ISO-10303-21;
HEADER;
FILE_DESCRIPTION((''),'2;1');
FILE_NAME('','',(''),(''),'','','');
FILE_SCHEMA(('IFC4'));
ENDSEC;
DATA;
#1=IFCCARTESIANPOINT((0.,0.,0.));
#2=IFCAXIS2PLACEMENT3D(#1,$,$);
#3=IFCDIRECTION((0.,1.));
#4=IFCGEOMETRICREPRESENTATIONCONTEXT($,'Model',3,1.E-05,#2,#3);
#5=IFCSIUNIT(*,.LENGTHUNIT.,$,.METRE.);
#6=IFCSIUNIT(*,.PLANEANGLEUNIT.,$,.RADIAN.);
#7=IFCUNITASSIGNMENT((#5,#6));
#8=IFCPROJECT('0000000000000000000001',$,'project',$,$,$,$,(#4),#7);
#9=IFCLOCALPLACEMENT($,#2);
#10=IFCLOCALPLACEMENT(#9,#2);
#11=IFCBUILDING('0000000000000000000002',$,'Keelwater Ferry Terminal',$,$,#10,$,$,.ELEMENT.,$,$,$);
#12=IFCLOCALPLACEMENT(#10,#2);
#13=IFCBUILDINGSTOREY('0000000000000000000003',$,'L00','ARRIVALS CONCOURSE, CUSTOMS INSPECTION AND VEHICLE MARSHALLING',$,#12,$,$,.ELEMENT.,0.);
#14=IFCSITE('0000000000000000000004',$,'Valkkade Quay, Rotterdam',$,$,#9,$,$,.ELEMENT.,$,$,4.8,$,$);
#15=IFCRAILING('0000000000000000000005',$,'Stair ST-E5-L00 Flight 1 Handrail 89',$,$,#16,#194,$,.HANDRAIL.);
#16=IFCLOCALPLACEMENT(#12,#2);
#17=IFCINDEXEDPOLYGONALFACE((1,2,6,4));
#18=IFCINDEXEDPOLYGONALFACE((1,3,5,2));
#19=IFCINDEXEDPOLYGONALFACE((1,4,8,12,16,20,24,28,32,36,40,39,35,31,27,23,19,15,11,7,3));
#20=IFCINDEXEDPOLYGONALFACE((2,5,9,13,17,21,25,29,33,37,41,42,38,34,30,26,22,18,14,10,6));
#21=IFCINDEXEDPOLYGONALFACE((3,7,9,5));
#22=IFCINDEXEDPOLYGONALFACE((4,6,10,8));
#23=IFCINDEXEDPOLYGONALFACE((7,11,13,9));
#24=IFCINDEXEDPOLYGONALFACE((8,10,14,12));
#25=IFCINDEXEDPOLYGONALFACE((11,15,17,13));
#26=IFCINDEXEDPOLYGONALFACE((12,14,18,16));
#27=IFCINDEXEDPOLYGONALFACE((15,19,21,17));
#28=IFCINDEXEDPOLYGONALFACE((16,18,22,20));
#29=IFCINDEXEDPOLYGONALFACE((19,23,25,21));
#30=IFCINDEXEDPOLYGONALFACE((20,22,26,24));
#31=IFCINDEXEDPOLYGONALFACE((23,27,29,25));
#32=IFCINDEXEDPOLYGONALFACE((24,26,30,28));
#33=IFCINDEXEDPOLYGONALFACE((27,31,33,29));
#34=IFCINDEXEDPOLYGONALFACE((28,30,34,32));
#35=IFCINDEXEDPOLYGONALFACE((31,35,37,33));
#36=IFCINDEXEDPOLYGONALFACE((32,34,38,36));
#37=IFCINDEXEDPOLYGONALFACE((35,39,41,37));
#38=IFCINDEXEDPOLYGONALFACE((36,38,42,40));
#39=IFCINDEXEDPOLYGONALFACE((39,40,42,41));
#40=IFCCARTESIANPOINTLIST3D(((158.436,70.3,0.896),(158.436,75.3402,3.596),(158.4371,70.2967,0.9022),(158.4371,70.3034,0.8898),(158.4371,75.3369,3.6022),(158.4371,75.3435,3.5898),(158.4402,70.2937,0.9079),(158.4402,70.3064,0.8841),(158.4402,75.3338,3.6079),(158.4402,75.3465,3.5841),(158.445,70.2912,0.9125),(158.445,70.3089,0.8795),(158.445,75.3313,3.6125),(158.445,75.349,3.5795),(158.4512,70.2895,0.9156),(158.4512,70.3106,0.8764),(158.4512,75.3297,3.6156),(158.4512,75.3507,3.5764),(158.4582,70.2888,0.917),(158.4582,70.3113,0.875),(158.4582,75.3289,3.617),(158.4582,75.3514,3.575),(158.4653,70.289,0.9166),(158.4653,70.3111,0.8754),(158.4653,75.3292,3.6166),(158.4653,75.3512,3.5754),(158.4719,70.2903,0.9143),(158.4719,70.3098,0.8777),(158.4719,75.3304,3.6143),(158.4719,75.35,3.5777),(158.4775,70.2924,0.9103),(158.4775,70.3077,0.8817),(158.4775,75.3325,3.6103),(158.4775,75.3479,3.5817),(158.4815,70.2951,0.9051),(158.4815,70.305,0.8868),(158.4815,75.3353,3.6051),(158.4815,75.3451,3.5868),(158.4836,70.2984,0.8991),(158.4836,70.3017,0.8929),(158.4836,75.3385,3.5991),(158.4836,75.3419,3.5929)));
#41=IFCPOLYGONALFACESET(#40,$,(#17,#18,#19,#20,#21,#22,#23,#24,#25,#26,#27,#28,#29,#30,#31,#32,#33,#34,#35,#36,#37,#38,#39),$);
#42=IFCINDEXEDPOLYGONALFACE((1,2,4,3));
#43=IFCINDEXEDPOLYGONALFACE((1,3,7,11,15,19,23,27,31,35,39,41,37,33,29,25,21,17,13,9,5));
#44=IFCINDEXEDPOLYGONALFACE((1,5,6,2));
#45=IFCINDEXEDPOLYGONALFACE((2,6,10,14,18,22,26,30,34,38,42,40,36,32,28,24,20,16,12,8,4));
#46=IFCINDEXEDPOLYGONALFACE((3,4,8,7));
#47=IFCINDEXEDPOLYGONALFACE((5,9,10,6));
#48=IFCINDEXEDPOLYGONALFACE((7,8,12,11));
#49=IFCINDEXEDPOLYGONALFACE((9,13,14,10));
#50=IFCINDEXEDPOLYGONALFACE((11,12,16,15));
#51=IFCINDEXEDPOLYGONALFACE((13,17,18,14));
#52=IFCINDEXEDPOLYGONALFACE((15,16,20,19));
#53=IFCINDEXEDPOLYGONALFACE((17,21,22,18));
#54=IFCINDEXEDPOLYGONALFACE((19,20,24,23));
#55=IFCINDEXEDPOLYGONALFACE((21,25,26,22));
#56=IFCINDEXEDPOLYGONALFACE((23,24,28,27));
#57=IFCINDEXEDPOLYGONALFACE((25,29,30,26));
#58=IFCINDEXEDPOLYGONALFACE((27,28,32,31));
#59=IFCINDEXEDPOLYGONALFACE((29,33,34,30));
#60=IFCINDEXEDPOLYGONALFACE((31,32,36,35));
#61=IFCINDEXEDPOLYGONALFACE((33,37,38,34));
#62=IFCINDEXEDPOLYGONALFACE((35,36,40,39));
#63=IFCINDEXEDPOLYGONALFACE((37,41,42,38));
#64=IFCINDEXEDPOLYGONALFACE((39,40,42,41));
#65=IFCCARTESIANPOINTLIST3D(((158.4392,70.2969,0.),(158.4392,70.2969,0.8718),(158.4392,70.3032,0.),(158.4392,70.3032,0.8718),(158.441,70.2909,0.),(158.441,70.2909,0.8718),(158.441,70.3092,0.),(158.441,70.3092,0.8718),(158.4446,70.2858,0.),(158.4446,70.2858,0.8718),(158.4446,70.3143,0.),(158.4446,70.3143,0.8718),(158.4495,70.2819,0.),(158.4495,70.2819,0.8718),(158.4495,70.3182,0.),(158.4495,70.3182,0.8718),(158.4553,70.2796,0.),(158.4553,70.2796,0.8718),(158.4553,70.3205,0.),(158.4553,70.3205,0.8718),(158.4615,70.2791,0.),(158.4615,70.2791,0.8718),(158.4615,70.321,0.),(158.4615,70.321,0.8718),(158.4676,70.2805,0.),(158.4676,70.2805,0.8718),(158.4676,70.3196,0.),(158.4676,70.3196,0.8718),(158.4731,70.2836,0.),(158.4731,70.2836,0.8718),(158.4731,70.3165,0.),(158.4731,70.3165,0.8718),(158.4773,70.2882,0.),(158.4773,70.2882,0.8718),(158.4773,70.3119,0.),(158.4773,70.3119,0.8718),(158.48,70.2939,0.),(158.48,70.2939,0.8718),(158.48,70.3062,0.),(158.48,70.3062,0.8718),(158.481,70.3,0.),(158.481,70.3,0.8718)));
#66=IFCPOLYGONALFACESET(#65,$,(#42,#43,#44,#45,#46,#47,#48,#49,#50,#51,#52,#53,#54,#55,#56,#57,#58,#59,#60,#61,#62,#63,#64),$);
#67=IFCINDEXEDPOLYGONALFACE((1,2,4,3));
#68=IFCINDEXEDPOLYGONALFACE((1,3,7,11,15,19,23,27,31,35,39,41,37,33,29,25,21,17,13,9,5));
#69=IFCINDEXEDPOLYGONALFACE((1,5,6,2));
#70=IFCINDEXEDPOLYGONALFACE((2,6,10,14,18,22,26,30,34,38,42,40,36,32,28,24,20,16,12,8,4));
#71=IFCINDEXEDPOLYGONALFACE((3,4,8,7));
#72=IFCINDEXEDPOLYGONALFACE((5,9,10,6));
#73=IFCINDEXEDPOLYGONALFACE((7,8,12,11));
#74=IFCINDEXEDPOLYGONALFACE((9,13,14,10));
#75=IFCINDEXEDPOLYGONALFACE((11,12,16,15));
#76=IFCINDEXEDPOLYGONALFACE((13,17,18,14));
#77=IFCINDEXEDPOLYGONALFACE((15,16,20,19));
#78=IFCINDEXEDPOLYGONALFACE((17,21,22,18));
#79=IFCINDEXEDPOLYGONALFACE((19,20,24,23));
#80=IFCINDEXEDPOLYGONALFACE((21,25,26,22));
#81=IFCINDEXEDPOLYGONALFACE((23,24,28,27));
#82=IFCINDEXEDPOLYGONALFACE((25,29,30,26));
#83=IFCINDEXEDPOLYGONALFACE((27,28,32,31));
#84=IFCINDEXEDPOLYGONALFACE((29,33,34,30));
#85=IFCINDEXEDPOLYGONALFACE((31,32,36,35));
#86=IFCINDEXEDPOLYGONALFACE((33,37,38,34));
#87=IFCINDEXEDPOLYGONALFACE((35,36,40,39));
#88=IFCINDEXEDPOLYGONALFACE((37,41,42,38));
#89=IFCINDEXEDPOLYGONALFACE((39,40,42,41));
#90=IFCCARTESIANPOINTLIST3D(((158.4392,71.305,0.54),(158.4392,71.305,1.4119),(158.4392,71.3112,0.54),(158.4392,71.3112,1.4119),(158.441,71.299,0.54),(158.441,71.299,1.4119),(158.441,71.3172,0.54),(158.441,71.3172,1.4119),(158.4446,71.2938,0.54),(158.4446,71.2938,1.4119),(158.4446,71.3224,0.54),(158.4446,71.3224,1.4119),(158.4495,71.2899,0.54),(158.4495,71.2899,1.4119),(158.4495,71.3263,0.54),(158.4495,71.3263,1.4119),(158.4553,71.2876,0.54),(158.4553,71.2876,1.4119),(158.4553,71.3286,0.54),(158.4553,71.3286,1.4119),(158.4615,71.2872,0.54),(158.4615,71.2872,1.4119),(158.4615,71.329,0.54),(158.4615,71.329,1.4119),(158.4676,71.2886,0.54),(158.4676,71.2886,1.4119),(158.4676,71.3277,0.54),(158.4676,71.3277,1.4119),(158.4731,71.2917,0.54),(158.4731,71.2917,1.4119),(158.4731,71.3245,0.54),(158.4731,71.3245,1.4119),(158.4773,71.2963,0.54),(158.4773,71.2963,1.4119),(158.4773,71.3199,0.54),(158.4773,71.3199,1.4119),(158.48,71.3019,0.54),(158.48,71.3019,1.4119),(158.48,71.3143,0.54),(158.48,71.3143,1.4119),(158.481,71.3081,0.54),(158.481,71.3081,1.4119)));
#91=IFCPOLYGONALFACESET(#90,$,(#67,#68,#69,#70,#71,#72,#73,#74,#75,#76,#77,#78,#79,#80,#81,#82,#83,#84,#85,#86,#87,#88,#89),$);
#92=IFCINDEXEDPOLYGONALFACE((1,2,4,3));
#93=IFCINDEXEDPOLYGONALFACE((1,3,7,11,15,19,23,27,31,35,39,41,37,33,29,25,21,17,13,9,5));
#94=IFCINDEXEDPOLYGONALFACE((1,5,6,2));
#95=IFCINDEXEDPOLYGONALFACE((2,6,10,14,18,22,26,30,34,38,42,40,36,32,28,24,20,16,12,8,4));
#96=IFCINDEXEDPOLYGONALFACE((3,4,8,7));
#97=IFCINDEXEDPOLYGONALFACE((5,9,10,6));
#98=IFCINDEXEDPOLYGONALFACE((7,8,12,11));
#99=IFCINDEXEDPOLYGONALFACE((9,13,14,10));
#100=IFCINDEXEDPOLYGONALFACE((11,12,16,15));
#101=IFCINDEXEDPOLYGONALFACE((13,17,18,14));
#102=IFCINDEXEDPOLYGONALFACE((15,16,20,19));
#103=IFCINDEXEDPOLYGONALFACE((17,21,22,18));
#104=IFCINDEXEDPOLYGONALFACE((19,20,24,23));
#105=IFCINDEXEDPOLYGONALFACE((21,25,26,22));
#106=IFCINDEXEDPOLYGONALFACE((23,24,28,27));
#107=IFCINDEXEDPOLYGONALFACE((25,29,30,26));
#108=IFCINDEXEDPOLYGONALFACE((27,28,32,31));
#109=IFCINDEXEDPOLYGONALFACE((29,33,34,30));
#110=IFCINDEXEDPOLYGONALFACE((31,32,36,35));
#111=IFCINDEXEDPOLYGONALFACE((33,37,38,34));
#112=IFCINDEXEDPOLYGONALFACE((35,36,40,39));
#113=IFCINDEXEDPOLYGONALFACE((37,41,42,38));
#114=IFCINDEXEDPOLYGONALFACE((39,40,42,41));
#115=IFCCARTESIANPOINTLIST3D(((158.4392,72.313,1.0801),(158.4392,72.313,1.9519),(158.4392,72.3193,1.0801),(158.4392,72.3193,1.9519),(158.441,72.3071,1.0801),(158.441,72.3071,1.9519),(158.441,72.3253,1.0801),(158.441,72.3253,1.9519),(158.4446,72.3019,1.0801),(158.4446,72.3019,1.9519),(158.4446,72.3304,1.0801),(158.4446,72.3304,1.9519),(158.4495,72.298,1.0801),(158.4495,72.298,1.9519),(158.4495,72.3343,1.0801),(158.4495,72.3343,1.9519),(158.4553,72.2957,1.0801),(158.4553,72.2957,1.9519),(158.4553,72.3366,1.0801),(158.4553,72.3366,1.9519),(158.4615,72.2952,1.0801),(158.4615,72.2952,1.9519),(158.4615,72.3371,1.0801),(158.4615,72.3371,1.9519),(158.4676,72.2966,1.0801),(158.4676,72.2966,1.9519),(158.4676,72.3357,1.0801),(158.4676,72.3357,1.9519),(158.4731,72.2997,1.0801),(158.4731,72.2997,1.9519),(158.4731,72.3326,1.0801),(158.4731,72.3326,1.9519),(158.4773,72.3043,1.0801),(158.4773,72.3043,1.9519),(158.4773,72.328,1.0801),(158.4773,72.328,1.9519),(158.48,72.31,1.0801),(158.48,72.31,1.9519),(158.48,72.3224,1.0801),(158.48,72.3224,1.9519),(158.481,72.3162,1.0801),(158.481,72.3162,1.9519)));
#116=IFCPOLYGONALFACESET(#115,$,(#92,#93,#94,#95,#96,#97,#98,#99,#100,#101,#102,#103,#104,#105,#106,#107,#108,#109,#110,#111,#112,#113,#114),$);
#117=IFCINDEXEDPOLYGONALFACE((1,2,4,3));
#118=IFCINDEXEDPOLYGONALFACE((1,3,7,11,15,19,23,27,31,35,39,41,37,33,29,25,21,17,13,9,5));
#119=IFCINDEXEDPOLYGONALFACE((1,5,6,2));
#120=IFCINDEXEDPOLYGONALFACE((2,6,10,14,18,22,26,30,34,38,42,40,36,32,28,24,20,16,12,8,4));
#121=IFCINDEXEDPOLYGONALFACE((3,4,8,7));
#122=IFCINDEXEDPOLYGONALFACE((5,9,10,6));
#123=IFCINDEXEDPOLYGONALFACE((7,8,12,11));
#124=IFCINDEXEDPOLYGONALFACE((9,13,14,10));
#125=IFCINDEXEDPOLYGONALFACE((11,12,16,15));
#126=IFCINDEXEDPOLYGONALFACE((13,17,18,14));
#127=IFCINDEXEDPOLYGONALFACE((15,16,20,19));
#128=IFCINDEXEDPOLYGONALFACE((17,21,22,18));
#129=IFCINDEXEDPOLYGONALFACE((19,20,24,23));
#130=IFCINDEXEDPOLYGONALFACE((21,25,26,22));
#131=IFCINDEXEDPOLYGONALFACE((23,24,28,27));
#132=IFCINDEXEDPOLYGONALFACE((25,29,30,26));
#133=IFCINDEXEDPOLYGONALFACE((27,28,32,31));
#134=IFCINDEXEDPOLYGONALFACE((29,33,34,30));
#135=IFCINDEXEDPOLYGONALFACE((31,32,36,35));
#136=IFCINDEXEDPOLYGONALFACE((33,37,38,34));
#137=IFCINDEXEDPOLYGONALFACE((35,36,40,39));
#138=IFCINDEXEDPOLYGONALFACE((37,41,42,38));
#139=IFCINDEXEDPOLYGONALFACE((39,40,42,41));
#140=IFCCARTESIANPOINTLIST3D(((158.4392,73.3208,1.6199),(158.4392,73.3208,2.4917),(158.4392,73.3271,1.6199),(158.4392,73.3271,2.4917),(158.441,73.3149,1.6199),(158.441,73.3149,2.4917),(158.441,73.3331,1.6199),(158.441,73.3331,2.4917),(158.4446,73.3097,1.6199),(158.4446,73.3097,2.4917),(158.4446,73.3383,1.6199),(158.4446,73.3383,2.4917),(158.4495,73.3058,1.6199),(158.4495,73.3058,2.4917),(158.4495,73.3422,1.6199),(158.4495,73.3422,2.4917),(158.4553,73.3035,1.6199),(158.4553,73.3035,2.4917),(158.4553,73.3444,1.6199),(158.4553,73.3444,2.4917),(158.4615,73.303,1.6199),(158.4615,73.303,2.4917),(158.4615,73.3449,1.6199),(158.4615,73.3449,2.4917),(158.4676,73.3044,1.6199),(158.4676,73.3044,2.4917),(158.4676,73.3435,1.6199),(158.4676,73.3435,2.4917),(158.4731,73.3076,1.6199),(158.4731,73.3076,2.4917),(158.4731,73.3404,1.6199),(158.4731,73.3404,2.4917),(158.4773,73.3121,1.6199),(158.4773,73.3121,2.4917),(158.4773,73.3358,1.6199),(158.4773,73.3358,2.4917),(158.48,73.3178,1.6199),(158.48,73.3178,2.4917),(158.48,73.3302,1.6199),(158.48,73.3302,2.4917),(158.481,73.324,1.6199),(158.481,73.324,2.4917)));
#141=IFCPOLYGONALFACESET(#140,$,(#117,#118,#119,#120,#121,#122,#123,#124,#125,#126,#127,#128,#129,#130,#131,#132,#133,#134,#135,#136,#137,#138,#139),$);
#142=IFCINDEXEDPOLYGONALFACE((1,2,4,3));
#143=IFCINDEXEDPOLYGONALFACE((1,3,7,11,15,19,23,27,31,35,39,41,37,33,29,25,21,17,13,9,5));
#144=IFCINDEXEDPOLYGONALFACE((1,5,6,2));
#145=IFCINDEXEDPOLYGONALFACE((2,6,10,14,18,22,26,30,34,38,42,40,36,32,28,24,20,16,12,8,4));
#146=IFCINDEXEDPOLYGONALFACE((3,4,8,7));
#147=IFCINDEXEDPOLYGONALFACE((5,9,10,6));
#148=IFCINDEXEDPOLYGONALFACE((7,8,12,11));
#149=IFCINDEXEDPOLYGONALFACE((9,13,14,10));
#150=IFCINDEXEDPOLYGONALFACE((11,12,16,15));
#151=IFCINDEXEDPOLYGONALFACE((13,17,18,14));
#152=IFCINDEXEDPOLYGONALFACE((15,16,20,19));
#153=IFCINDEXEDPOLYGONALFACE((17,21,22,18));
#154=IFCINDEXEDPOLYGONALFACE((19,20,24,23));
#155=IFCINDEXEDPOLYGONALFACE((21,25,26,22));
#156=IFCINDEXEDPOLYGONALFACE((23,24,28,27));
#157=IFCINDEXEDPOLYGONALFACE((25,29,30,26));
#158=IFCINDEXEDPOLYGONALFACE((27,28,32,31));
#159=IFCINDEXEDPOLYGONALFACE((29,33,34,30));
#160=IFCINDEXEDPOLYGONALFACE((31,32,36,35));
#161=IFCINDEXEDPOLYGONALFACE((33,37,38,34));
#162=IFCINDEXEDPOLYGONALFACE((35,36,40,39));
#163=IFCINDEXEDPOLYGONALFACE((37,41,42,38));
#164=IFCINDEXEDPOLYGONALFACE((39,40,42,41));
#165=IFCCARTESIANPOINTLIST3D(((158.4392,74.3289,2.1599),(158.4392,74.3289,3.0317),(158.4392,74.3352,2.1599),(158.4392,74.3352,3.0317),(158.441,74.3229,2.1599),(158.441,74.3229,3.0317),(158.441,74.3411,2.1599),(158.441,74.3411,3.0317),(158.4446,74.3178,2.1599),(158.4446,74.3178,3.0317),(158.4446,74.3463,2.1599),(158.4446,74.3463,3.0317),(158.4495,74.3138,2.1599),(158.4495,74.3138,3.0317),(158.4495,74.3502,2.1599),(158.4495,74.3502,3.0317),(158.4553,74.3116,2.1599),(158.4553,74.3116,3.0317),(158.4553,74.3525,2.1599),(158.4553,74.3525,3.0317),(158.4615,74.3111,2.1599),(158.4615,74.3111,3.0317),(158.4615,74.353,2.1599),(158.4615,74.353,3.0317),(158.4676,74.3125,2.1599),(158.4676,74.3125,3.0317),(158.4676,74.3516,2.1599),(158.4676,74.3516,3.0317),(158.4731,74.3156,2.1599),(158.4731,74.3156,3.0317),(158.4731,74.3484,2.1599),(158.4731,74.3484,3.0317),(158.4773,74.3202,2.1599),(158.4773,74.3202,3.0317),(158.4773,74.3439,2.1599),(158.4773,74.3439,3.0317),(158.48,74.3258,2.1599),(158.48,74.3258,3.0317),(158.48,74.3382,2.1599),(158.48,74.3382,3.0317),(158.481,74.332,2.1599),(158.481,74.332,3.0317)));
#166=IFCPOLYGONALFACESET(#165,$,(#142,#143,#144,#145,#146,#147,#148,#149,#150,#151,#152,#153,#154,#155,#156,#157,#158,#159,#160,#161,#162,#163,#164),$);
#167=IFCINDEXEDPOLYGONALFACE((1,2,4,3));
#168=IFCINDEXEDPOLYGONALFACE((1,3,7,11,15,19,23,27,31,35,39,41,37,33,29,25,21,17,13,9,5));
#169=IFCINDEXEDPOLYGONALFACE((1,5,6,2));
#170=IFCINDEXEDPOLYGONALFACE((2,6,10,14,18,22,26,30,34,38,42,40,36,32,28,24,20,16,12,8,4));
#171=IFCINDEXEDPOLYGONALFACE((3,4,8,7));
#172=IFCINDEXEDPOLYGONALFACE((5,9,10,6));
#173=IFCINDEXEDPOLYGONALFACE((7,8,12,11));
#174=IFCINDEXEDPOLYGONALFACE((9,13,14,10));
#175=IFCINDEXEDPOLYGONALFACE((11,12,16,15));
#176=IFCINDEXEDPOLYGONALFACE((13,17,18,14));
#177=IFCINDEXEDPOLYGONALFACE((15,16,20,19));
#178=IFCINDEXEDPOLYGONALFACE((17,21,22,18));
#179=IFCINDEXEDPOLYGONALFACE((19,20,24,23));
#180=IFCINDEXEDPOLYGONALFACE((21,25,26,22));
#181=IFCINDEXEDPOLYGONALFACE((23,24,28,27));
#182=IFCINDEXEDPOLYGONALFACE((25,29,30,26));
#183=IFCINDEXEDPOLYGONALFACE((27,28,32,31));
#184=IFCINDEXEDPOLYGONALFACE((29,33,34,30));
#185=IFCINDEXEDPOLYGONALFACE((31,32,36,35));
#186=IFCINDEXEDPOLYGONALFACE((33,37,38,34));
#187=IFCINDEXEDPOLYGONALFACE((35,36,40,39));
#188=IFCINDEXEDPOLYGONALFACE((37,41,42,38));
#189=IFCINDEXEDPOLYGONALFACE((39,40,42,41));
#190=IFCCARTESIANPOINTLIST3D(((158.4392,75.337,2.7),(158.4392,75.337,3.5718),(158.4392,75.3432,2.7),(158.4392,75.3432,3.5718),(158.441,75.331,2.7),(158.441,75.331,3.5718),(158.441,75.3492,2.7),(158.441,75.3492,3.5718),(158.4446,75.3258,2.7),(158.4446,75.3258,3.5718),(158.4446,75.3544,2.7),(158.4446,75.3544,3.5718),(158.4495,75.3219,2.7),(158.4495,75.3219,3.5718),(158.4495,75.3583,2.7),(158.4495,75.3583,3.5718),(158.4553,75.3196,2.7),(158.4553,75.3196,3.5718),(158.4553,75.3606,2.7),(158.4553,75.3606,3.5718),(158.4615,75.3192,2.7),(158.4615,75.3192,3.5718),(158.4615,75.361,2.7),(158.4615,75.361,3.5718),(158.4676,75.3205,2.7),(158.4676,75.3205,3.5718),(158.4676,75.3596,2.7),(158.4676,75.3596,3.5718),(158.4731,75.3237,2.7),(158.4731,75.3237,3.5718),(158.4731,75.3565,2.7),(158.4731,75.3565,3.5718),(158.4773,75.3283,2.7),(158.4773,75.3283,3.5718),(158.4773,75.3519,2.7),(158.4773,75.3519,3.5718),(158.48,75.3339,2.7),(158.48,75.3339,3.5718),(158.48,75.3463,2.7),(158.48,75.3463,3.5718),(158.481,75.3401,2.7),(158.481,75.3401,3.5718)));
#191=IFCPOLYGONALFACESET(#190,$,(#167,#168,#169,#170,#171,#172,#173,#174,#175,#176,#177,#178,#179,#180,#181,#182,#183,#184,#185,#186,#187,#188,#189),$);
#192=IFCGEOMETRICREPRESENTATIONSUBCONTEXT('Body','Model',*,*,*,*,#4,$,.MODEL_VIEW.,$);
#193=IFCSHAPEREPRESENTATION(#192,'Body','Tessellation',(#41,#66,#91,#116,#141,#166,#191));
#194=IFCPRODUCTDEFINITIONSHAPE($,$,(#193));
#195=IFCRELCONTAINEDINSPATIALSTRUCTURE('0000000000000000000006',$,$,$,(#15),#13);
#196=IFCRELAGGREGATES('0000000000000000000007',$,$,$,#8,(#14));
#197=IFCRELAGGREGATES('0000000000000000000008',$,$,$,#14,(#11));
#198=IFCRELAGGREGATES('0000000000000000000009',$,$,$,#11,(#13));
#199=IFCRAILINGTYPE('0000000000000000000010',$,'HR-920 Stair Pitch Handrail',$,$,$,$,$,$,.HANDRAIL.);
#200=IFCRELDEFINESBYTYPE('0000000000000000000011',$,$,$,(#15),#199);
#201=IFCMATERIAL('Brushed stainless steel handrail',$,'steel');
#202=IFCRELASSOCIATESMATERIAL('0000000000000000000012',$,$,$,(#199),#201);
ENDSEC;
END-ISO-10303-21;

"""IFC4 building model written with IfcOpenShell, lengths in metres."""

from ifc_helpers import new_model, si_unit, direction, frame, origin, origin_2d, place, context, subcontext, project, spatial, circle, extrude, material, type_object, element, save


model = new_model("IFC4")

# Units and contexts
model_context = context("Model", 3, precision=1e-05, world=origin(), true_north=direction((0.0, 1.0)))
body_context = subcontext(model_context, "Body", "Model", "MODEL_VIEW")
ifc_project = project(units=[si_unit("LENGTHUNIT", "METRE"), si_unit("PLANEANGLEUNIT", "RADIAN")], contexts=[model_context])

# Site, building, storey
site_placement = place(None, origin())
site = spatial("IfcSite", under=ifc_project, at=site_placement, Name="Valkkade Quay, Rotterdam", CompositionType="ELEMENT", RefElevation=4.8)
building_placement = place(site_placement, origin())
building = spatial("IfcBuilding", under=site, at=building_placement, Name="Keelwater Ferry Terminal", CompositionType="ELEMENT")
storey_placement = place(building_placement, origin())
storey = spatial("IfcBuildingStorey", under=building, at=storey_placement, Name="L00", Description="ARRIVALS CONCOURSE, CUSTOMS INSPECTION AND VEHICLE MARSHALLING", CompositionType="ELEMENT", Elevation=0.0)

# Railing
ifc_material_1 = material(Name="Brushed stainless steel handrail", Category="steel")
railing_type_1 = type_object("IfcRailingType", Name="HR-920 Stair Pitch Handrail", PredefinedType="HANDRAIL", material=ifc_material_1)
railing_1_placement = place(storey_placement, frame((158.46, 70.3, 0.0)))
element("IfcRailing", 1, at=railing_1_placement, inside=storey, type_object=railing_type_1, Name="Stair ST-E5-L00 Flight 1 Handrail 89", PredefinedType="HANDRAIL", context=body_context, shape_type="SweptSolid", body=[
    extrude(circle(Radius=0.0239, at=origin_2d()), frame((0.0, 0.0, 0.896), z_axis=(0.0, 0.881485, 0.472212), x_axis=(-1.0, 0.0, 0.0)), (0.0, 0.0, 1.0), 5.7178),
    extrude(circle(Radius=0.021, at=origin_2d()), origin(), (0.0, 0.0, 1.0), 0.8718),
    extrude(circle(Radius=0.021, at=origin_2d()), frame((0.0, 1.0081, 0.54)), (0.0, 0.0, 1.0), 0.8718),
    extrude(circle(Radius=0.021, at=origin_2d()), frame((0.0, 2.0161, 1.0801)), (0.0, 0.0, 1.0), 0.8718),
    extrude(circle(Radius=0.021, at=origin_2d()), frame((0.0, 3.0239, 1.6199)), (0.0, 0.0, 1.0), 0.8718),
    extrude(circle(Radius=0.021, at=origin_2d()), frame((0.0, 4.032, 2.1599)), (0.0, 0.0, 1.0), 0.8718),
    extrude(circle(Radius=0.021, at=origin_2d()), frame((0.0, 5.04, 2.7)), (0.0, 0.0, 1.0), 0.8718),
])

save(model, "model.ifc")
